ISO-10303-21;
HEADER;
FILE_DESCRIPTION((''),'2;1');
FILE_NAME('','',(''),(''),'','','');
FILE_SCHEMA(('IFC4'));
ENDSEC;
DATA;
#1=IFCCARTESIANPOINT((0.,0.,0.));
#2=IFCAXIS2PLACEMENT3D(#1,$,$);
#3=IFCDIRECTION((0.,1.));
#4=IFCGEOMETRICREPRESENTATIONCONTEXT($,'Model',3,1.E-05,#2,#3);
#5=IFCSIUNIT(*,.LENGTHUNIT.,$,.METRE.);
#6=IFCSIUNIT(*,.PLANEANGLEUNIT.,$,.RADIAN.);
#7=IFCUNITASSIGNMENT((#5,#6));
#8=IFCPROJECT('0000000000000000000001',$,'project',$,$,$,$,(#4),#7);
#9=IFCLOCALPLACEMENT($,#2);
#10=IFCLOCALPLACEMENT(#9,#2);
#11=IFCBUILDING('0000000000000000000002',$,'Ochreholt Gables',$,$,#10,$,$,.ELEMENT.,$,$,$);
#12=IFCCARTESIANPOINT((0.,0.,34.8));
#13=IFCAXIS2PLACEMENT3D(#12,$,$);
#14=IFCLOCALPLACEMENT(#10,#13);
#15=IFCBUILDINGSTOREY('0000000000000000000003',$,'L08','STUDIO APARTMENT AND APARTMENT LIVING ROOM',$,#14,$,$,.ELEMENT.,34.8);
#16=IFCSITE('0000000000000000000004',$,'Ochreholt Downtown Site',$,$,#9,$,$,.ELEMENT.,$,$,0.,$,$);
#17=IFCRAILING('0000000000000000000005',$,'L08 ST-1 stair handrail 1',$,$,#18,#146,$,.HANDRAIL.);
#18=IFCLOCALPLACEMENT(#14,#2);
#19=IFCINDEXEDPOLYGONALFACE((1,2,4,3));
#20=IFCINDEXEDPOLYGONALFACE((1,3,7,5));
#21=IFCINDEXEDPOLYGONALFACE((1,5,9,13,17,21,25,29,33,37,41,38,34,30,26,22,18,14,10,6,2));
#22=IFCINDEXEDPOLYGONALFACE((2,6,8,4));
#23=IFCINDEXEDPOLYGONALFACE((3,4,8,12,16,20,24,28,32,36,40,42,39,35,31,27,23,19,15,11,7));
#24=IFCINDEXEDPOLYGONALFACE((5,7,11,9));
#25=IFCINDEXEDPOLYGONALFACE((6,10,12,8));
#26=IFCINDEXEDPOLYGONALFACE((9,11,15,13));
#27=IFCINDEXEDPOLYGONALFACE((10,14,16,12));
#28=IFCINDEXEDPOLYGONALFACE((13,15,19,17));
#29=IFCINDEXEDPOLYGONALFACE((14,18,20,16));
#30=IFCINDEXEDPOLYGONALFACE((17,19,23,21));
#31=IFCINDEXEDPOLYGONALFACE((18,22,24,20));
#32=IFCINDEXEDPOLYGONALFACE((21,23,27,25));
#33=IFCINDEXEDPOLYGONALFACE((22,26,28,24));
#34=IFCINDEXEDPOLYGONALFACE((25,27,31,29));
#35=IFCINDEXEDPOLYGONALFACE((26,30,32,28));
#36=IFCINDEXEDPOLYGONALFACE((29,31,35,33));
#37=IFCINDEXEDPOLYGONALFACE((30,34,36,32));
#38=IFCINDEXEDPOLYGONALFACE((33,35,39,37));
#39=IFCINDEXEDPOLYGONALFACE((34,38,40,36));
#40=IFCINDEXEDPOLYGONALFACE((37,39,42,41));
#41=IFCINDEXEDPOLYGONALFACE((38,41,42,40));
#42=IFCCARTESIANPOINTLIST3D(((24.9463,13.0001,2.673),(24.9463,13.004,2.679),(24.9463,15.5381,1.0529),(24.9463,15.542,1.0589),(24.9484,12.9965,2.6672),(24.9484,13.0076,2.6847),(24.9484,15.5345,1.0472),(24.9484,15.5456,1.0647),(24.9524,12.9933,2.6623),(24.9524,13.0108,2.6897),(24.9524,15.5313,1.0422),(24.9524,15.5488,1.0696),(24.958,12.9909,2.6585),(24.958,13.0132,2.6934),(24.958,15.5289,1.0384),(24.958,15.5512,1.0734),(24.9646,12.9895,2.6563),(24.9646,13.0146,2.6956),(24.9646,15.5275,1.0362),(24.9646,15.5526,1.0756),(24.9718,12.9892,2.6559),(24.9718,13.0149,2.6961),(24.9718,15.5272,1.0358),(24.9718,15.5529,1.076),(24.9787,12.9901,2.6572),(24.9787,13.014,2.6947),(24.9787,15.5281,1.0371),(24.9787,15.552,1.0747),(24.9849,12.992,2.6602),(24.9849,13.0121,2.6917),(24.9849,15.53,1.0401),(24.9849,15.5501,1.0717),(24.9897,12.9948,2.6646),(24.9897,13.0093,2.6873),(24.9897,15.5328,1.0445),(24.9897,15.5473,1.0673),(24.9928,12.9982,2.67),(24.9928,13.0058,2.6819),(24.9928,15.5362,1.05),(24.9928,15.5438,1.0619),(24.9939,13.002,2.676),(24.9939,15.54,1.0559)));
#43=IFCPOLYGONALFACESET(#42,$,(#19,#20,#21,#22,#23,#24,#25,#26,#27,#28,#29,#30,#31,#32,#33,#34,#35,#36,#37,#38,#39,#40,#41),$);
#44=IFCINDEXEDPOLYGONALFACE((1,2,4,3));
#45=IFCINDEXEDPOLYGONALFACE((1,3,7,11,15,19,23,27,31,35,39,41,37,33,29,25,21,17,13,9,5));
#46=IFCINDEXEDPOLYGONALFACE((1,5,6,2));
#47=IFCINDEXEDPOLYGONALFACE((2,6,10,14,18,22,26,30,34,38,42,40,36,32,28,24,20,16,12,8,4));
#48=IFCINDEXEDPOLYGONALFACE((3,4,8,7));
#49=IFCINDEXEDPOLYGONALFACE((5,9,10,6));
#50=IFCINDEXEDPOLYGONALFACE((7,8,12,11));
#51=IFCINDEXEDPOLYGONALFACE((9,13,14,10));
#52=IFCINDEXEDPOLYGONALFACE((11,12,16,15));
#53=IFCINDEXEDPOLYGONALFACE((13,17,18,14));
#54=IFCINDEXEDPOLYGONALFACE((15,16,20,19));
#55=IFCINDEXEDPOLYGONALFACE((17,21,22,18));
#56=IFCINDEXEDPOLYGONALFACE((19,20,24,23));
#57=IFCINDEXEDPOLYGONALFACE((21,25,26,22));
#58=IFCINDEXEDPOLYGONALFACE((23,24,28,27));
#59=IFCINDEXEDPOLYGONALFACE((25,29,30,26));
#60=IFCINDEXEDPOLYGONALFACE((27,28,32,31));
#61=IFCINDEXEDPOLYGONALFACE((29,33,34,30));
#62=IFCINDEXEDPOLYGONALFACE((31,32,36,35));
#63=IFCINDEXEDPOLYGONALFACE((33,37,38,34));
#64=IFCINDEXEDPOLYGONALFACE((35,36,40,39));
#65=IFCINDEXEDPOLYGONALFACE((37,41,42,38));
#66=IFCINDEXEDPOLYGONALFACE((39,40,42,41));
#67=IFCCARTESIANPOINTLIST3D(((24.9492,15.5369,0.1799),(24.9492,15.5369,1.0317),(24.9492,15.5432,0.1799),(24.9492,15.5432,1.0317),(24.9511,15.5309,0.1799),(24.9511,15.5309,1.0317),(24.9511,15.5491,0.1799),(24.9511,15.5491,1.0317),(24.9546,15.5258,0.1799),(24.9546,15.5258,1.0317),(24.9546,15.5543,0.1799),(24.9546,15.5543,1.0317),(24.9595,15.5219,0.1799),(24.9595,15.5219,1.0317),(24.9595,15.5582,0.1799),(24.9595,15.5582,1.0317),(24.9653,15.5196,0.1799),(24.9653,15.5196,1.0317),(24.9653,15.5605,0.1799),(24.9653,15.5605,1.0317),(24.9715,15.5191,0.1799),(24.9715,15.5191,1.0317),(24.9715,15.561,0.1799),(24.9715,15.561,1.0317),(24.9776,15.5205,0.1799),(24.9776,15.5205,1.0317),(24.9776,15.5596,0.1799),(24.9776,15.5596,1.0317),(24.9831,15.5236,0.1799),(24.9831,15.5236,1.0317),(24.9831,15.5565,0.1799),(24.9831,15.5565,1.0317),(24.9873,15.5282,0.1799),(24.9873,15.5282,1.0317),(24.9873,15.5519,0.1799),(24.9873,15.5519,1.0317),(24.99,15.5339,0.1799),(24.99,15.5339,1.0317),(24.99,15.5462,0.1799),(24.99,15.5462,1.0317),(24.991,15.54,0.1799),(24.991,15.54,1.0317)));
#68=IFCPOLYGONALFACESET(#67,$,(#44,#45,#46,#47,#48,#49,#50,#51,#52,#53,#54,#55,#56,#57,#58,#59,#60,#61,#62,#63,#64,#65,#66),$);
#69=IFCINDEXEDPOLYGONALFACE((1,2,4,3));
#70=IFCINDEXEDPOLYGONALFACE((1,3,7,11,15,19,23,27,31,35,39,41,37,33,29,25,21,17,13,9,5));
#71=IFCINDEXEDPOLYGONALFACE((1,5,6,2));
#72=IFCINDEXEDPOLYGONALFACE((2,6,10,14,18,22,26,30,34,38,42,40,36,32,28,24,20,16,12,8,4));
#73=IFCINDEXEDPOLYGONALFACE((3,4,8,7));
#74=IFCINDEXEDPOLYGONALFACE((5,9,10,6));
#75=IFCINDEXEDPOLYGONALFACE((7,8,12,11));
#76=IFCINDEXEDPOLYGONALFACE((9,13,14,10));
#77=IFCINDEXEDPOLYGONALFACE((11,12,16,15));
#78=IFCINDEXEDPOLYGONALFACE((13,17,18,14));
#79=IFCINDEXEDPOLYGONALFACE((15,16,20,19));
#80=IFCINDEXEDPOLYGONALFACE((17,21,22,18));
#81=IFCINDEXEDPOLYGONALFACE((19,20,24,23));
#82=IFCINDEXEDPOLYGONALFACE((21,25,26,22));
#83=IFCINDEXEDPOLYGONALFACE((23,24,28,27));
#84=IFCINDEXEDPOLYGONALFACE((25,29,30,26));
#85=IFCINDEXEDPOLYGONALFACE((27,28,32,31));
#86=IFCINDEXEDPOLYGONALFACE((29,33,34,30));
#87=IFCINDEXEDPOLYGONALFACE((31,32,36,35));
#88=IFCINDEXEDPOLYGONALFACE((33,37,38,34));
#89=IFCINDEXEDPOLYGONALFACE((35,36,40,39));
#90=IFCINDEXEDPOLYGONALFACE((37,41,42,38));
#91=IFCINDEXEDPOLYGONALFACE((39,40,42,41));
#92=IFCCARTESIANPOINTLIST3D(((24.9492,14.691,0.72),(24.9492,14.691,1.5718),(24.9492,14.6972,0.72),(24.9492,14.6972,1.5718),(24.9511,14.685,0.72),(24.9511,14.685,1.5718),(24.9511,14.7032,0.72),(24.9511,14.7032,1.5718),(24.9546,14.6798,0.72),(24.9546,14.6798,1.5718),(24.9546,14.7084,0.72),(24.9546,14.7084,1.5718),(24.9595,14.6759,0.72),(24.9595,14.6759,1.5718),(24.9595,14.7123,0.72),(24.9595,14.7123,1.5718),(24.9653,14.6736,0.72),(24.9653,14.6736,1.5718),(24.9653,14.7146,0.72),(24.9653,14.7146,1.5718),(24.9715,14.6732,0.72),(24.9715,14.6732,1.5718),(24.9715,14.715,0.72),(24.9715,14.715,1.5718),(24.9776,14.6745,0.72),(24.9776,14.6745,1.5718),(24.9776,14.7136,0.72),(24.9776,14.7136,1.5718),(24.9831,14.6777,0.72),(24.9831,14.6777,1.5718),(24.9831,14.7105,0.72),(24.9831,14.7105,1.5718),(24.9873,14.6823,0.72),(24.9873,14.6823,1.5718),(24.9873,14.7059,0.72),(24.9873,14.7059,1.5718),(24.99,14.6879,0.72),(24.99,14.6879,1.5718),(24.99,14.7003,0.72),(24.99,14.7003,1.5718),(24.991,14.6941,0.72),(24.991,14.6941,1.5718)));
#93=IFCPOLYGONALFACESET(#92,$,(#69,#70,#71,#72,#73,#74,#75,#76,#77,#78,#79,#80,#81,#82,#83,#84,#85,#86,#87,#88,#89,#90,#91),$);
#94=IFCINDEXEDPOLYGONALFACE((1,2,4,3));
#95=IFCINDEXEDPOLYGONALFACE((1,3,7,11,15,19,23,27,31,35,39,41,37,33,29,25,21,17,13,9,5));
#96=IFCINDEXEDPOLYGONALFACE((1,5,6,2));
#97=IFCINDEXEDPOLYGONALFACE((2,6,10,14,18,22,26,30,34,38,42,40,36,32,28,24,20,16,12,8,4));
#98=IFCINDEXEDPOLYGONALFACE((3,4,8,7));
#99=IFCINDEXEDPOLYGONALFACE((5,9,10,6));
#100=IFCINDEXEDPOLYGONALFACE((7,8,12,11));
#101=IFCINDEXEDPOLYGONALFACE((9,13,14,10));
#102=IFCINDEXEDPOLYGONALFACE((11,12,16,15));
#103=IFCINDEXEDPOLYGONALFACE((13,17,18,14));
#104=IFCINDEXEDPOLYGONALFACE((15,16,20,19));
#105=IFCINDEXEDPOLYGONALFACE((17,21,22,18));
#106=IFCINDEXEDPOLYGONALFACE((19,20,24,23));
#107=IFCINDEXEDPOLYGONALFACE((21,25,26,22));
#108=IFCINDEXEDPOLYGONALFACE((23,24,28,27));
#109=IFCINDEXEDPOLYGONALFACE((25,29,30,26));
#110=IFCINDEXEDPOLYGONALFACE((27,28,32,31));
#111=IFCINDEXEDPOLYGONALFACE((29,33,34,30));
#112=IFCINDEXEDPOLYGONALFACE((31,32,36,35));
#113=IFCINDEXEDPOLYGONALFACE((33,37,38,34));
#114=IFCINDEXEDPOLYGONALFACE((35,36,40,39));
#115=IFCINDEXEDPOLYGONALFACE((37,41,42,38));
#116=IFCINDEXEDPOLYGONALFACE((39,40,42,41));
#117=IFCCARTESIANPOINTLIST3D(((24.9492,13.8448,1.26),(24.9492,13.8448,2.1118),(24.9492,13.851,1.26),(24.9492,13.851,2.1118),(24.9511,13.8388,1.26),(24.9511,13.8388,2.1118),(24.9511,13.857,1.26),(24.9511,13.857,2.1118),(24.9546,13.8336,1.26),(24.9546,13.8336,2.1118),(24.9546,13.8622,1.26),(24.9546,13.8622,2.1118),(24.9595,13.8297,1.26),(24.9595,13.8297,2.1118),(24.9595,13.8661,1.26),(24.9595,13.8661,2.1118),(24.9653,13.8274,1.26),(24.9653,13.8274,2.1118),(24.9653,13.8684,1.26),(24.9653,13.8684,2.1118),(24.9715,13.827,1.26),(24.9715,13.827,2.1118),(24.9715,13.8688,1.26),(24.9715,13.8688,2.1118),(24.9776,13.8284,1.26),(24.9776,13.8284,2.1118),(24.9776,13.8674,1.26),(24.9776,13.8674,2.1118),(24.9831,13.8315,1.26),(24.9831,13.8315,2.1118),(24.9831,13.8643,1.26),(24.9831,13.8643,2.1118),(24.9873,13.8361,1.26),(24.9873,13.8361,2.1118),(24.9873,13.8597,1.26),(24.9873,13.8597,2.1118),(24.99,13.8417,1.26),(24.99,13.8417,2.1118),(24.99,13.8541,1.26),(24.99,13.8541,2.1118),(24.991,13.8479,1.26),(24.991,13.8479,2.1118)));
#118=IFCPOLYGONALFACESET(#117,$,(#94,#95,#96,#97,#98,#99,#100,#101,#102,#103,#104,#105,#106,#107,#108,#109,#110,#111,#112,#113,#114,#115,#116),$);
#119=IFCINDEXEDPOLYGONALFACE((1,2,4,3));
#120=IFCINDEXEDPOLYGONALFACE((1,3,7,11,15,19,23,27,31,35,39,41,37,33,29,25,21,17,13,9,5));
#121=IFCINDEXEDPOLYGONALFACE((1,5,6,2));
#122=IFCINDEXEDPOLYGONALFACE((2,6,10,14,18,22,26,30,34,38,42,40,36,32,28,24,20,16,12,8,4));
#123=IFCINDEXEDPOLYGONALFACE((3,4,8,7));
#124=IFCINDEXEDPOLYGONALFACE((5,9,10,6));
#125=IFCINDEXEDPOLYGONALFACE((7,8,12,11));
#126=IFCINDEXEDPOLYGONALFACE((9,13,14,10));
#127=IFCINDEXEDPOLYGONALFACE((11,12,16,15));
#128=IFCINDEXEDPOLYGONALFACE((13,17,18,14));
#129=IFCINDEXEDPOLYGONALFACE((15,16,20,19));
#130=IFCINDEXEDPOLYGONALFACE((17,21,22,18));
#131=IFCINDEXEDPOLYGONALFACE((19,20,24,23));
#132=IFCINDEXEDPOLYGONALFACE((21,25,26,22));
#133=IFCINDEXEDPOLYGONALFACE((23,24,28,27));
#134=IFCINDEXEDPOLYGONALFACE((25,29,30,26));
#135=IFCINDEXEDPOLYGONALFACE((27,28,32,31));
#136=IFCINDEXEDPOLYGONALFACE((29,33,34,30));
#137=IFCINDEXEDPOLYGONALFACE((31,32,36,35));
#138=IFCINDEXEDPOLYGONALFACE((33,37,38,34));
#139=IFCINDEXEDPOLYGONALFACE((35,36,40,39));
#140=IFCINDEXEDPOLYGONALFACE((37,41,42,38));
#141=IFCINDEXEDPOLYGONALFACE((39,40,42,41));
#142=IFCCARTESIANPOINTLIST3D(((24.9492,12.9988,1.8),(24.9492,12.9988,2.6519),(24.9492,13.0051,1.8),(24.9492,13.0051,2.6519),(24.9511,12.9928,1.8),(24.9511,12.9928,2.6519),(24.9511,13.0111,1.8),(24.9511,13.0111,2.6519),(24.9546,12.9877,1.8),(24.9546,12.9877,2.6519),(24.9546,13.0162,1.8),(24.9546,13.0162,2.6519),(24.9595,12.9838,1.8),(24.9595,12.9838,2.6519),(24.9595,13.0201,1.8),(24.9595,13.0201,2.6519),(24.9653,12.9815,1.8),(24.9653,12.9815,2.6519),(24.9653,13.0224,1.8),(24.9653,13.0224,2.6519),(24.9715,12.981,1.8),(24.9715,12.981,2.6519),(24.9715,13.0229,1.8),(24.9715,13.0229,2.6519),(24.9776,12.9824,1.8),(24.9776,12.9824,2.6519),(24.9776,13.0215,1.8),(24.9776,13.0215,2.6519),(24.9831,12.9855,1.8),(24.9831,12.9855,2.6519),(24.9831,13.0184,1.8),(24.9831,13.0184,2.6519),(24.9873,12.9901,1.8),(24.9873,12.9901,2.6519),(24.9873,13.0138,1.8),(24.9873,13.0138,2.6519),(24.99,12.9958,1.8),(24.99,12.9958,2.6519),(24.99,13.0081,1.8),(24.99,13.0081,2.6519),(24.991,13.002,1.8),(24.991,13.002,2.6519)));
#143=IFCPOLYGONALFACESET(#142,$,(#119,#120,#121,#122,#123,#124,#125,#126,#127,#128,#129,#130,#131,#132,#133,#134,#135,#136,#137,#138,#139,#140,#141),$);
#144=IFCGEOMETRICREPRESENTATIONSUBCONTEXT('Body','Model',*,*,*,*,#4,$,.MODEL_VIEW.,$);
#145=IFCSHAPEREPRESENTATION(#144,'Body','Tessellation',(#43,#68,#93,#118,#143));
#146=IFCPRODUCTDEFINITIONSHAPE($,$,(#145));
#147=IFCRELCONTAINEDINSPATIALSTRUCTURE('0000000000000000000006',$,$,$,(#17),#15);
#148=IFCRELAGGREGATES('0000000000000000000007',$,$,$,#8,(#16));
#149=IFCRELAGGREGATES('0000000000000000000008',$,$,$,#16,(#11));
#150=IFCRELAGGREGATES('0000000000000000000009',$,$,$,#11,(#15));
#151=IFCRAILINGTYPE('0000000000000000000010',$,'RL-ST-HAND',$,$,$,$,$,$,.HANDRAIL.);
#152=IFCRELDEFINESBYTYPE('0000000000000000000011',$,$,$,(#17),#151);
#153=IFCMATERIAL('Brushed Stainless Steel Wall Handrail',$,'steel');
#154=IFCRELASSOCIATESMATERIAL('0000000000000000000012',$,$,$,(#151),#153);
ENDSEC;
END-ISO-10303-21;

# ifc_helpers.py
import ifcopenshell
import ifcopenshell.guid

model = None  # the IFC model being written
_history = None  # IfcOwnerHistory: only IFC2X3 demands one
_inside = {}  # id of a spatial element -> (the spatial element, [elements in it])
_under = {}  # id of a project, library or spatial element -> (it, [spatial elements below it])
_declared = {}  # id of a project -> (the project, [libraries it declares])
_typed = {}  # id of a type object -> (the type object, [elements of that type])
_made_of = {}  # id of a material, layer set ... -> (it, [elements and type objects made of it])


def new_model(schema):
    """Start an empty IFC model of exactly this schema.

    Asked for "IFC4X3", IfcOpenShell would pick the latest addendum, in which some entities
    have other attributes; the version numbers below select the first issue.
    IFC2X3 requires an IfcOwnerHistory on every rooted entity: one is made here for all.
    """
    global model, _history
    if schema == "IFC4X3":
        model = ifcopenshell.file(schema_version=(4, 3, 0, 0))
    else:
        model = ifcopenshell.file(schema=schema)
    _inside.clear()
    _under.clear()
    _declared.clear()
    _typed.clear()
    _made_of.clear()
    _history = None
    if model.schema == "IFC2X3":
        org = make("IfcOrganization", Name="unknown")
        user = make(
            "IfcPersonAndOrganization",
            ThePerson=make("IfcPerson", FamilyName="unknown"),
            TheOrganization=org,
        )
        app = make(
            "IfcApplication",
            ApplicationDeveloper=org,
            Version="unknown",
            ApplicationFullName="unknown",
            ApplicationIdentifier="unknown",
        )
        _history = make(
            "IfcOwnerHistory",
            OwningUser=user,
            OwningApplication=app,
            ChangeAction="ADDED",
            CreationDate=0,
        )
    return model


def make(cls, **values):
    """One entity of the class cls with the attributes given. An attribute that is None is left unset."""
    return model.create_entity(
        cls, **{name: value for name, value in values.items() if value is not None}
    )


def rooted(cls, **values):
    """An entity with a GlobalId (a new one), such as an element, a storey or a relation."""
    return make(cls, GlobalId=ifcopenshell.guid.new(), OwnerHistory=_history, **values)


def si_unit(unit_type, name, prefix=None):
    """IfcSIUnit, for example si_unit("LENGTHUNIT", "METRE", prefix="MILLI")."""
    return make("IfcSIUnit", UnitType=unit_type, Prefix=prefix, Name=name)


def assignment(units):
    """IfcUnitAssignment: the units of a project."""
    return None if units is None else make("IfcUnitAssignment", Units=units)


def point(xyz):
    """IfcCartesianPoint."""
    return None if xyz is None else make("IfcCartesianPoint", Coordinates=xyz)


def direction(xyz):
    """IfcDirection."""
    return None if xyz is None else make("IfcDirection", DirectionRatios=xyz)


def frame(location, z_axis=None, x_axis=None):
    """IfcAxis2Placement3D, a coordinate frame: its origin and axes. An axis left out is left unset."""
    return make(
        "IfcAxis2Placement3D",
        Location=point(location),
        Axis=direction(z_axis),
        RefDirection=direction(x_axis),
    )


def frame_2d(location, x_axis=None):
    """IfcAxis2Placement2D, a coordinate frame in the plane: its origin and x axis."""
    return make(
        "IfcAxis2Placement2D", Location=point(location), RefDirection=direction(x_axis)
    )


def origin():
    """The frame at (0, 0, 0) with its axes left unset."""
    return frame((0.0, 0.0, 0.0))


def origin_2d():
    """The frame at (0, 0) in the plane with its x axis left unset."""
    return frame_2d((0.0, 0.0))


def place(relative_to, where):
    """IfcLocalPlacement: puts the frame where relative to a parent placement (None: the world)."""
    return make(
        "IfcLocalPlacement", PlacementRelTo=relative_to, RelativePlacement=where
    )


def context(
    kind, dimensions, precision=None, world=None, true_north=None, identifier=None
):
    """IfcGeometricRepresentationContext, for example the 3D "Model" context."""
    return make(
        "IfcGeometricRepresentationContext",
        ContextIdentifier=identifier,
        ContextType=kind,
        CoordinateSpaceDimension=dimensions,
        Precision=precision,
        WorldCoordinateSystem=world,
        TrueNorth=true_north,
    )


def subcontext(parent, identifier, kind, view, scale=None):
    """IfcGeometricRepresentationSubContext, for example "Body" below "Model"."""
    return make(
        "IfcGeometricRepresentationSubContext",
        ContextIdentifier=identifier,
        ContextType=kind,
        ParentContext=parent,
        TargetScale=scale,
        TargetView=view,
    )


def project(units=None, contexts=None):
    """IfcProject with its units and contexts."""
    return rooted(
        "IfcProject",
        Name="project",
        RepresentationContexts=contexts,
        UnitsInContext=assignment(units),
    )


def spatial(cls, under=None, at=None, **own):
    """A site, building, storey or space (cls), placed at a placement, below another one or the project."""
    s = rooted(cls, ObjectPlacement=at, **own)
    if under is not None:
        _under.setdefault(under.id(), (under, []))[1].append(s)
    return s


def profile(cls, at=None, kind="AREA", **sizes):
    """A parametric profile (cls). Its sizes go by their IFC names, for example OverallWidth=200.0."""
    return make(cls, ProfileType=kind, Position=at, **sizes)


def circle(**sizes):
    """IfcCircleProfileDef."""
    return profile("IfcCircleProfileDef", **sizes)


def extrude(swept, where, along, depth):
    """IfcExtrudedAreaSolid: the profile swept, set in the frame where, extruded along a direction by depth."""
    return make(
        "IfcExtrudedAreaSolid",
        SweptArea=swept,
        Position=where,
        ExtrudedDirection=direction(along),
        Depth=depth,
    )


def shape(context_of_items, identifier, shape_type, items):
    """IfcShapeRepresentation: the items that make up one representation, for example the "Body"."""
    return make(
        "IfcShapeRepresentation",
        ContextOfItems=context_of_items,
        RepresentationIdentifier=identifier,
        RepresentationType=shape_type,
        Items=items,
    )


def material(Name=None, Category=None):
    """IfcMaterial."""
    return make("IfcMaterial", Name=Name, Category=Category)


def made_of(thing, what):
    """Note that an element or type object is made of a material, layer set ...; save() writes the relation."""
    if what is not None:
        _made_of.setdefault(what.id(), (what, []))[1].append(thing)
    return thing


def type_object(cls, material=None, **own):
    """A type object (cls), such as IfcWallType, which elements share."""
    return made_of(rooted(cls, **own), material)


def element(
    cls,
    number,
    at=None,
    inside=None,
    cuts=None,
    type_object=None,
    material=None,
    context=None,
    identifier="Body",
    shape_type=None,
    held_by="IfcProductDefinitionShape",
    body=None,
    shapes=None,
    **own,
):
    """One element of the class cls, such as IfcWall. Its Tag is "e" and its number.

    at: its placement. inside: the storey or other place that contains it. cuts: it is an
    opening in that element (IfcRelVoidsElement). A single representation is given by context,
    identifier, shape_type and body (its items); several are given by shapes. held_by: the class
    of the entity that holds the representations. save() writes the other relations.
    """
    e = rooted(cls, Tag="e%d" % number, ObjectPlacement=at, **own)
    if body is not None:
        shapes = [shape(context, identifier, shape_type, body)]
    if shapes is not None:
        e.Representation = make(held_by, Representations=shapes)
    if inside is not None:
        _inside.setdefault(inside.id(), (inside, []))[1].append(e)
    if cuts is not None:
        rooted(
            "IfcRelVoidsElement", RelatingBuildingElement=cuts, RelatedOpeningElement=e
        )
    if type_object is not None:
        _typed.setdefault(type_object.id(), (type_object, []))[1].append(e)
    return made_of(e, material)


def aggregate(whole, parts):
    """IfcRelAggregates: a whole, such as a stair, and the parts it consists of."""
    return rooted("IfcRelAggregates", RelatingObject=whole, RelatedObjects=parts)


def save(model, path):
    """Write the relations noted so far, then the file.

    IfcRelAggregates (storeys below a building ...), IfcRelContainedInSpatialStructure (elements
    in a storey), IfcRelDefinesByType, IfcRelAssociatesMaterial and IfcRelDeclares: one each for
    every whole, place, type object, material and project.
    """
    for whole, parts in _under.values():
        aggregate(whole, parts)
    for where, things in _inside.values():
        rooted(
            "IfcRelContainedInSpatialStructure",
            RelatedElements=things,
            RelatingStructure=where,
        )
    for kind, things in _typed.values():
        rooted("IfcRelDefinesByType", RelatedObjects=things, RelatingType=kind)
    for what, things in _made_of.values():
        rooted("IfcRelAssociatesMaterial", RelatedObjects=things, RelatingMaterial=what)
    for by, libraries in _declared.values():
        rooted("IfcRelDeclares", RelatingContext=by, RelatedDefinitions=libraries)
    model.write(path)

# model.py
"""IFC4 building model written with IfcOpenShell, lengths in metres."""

from ifc_helpers import new_model, si_unit, direction, frame, origin, origin_2d, place, context, subcontext, project, spatial, circle, extrude, material, type_object, element, save


model = new_model("IFC4")

# Units and contexts
model_context = context("Model", 3, precision=1e-05, world=origin(), true_north=direction((0.0, 1.0)))
body_context = subcontext(model_context, "Body", "Model", "MODEL_VIEW")
ifc_project = project(units=[si_unit("LENGTHUNIT", "METRE"), si_unit("PLANEANGLEUNIT", "RADIAN")], contexts=[model_context])

# Site, building, storey
site_placement = place(None, origin())
site = spatial("IfcSite", under=ifc_project, at=site_placement, Name="Ochreholt Downtown Site", CompositionType="ELEMENT", RefElevation=0.0)
building_placement = place(site_placement, origin())
building = spatial("IfcBuilding", under=site, at=building_placement, Name="Ochreholt Gables", CompositionType="ELEMENT")
storey_placement = place(building_placement, frame((0.0, 0.0, 34.8)))
storey = spatial("IfcBuildingStorey", under=building, at=storey_placement, Name="L08", Description="STUDIO APARTMENT AND APARTMENT LIVING ROOM", CompositionType="ELEMENT", Elevation=34.8)

# Railing
ifc_material_1 = material(Name="Brushed Stainless Steel Wall Handrail", Category="steel")
railing_type = type_object("IfcRailingType", Name="RL-ST-HAND", PredefinedType="HANDRAIL", material=ifc_material_1)
railing_placement = place(storey_placement, frame((24.97, 15.54, 0.1799)))
element("IfcRailing", 1, at=railing_placement, inside=storey, type_object=railing_type, Name="L08 ST-1 stair handrail 1", PredefinedType="HANDRAIL", context=body_context, shape_type="SweptSolid", body=[
    extrude(circle(Radius=0.0239, at=origin_2d()), frame((0.0, 0.0, 0.876), z_axis=(0.0, -0.842913, 0.53805), x_axis=(1.0, 0.0, 0.0)), (0.0, 0.0, 1.0), 3.011),
    extrude(circle(Radius=0.021, at=origin_2d()), origin(), (0.0, 0.0, 1.0), 0.8518),
    extrude(circle(Radius=0.021, at=origin_2d()), frame((0.0, -0.8459, 0.54)), (0.0, 0.0, 1.0), 0.8518),
    extrude(circle(Radius=0.021, at=origin_2d()), frame((0.0, -1.6921, 1.0801)), (0.0, 0.0, 1.0), 0.8518),
    extrude(circle(Radius=0.021, at=origin_2d()), frame((0.0, -2.5381, 1.6201)), (0.0, 0.0, 1.0), 0.8518),
])

save(model, "model.ifc")
